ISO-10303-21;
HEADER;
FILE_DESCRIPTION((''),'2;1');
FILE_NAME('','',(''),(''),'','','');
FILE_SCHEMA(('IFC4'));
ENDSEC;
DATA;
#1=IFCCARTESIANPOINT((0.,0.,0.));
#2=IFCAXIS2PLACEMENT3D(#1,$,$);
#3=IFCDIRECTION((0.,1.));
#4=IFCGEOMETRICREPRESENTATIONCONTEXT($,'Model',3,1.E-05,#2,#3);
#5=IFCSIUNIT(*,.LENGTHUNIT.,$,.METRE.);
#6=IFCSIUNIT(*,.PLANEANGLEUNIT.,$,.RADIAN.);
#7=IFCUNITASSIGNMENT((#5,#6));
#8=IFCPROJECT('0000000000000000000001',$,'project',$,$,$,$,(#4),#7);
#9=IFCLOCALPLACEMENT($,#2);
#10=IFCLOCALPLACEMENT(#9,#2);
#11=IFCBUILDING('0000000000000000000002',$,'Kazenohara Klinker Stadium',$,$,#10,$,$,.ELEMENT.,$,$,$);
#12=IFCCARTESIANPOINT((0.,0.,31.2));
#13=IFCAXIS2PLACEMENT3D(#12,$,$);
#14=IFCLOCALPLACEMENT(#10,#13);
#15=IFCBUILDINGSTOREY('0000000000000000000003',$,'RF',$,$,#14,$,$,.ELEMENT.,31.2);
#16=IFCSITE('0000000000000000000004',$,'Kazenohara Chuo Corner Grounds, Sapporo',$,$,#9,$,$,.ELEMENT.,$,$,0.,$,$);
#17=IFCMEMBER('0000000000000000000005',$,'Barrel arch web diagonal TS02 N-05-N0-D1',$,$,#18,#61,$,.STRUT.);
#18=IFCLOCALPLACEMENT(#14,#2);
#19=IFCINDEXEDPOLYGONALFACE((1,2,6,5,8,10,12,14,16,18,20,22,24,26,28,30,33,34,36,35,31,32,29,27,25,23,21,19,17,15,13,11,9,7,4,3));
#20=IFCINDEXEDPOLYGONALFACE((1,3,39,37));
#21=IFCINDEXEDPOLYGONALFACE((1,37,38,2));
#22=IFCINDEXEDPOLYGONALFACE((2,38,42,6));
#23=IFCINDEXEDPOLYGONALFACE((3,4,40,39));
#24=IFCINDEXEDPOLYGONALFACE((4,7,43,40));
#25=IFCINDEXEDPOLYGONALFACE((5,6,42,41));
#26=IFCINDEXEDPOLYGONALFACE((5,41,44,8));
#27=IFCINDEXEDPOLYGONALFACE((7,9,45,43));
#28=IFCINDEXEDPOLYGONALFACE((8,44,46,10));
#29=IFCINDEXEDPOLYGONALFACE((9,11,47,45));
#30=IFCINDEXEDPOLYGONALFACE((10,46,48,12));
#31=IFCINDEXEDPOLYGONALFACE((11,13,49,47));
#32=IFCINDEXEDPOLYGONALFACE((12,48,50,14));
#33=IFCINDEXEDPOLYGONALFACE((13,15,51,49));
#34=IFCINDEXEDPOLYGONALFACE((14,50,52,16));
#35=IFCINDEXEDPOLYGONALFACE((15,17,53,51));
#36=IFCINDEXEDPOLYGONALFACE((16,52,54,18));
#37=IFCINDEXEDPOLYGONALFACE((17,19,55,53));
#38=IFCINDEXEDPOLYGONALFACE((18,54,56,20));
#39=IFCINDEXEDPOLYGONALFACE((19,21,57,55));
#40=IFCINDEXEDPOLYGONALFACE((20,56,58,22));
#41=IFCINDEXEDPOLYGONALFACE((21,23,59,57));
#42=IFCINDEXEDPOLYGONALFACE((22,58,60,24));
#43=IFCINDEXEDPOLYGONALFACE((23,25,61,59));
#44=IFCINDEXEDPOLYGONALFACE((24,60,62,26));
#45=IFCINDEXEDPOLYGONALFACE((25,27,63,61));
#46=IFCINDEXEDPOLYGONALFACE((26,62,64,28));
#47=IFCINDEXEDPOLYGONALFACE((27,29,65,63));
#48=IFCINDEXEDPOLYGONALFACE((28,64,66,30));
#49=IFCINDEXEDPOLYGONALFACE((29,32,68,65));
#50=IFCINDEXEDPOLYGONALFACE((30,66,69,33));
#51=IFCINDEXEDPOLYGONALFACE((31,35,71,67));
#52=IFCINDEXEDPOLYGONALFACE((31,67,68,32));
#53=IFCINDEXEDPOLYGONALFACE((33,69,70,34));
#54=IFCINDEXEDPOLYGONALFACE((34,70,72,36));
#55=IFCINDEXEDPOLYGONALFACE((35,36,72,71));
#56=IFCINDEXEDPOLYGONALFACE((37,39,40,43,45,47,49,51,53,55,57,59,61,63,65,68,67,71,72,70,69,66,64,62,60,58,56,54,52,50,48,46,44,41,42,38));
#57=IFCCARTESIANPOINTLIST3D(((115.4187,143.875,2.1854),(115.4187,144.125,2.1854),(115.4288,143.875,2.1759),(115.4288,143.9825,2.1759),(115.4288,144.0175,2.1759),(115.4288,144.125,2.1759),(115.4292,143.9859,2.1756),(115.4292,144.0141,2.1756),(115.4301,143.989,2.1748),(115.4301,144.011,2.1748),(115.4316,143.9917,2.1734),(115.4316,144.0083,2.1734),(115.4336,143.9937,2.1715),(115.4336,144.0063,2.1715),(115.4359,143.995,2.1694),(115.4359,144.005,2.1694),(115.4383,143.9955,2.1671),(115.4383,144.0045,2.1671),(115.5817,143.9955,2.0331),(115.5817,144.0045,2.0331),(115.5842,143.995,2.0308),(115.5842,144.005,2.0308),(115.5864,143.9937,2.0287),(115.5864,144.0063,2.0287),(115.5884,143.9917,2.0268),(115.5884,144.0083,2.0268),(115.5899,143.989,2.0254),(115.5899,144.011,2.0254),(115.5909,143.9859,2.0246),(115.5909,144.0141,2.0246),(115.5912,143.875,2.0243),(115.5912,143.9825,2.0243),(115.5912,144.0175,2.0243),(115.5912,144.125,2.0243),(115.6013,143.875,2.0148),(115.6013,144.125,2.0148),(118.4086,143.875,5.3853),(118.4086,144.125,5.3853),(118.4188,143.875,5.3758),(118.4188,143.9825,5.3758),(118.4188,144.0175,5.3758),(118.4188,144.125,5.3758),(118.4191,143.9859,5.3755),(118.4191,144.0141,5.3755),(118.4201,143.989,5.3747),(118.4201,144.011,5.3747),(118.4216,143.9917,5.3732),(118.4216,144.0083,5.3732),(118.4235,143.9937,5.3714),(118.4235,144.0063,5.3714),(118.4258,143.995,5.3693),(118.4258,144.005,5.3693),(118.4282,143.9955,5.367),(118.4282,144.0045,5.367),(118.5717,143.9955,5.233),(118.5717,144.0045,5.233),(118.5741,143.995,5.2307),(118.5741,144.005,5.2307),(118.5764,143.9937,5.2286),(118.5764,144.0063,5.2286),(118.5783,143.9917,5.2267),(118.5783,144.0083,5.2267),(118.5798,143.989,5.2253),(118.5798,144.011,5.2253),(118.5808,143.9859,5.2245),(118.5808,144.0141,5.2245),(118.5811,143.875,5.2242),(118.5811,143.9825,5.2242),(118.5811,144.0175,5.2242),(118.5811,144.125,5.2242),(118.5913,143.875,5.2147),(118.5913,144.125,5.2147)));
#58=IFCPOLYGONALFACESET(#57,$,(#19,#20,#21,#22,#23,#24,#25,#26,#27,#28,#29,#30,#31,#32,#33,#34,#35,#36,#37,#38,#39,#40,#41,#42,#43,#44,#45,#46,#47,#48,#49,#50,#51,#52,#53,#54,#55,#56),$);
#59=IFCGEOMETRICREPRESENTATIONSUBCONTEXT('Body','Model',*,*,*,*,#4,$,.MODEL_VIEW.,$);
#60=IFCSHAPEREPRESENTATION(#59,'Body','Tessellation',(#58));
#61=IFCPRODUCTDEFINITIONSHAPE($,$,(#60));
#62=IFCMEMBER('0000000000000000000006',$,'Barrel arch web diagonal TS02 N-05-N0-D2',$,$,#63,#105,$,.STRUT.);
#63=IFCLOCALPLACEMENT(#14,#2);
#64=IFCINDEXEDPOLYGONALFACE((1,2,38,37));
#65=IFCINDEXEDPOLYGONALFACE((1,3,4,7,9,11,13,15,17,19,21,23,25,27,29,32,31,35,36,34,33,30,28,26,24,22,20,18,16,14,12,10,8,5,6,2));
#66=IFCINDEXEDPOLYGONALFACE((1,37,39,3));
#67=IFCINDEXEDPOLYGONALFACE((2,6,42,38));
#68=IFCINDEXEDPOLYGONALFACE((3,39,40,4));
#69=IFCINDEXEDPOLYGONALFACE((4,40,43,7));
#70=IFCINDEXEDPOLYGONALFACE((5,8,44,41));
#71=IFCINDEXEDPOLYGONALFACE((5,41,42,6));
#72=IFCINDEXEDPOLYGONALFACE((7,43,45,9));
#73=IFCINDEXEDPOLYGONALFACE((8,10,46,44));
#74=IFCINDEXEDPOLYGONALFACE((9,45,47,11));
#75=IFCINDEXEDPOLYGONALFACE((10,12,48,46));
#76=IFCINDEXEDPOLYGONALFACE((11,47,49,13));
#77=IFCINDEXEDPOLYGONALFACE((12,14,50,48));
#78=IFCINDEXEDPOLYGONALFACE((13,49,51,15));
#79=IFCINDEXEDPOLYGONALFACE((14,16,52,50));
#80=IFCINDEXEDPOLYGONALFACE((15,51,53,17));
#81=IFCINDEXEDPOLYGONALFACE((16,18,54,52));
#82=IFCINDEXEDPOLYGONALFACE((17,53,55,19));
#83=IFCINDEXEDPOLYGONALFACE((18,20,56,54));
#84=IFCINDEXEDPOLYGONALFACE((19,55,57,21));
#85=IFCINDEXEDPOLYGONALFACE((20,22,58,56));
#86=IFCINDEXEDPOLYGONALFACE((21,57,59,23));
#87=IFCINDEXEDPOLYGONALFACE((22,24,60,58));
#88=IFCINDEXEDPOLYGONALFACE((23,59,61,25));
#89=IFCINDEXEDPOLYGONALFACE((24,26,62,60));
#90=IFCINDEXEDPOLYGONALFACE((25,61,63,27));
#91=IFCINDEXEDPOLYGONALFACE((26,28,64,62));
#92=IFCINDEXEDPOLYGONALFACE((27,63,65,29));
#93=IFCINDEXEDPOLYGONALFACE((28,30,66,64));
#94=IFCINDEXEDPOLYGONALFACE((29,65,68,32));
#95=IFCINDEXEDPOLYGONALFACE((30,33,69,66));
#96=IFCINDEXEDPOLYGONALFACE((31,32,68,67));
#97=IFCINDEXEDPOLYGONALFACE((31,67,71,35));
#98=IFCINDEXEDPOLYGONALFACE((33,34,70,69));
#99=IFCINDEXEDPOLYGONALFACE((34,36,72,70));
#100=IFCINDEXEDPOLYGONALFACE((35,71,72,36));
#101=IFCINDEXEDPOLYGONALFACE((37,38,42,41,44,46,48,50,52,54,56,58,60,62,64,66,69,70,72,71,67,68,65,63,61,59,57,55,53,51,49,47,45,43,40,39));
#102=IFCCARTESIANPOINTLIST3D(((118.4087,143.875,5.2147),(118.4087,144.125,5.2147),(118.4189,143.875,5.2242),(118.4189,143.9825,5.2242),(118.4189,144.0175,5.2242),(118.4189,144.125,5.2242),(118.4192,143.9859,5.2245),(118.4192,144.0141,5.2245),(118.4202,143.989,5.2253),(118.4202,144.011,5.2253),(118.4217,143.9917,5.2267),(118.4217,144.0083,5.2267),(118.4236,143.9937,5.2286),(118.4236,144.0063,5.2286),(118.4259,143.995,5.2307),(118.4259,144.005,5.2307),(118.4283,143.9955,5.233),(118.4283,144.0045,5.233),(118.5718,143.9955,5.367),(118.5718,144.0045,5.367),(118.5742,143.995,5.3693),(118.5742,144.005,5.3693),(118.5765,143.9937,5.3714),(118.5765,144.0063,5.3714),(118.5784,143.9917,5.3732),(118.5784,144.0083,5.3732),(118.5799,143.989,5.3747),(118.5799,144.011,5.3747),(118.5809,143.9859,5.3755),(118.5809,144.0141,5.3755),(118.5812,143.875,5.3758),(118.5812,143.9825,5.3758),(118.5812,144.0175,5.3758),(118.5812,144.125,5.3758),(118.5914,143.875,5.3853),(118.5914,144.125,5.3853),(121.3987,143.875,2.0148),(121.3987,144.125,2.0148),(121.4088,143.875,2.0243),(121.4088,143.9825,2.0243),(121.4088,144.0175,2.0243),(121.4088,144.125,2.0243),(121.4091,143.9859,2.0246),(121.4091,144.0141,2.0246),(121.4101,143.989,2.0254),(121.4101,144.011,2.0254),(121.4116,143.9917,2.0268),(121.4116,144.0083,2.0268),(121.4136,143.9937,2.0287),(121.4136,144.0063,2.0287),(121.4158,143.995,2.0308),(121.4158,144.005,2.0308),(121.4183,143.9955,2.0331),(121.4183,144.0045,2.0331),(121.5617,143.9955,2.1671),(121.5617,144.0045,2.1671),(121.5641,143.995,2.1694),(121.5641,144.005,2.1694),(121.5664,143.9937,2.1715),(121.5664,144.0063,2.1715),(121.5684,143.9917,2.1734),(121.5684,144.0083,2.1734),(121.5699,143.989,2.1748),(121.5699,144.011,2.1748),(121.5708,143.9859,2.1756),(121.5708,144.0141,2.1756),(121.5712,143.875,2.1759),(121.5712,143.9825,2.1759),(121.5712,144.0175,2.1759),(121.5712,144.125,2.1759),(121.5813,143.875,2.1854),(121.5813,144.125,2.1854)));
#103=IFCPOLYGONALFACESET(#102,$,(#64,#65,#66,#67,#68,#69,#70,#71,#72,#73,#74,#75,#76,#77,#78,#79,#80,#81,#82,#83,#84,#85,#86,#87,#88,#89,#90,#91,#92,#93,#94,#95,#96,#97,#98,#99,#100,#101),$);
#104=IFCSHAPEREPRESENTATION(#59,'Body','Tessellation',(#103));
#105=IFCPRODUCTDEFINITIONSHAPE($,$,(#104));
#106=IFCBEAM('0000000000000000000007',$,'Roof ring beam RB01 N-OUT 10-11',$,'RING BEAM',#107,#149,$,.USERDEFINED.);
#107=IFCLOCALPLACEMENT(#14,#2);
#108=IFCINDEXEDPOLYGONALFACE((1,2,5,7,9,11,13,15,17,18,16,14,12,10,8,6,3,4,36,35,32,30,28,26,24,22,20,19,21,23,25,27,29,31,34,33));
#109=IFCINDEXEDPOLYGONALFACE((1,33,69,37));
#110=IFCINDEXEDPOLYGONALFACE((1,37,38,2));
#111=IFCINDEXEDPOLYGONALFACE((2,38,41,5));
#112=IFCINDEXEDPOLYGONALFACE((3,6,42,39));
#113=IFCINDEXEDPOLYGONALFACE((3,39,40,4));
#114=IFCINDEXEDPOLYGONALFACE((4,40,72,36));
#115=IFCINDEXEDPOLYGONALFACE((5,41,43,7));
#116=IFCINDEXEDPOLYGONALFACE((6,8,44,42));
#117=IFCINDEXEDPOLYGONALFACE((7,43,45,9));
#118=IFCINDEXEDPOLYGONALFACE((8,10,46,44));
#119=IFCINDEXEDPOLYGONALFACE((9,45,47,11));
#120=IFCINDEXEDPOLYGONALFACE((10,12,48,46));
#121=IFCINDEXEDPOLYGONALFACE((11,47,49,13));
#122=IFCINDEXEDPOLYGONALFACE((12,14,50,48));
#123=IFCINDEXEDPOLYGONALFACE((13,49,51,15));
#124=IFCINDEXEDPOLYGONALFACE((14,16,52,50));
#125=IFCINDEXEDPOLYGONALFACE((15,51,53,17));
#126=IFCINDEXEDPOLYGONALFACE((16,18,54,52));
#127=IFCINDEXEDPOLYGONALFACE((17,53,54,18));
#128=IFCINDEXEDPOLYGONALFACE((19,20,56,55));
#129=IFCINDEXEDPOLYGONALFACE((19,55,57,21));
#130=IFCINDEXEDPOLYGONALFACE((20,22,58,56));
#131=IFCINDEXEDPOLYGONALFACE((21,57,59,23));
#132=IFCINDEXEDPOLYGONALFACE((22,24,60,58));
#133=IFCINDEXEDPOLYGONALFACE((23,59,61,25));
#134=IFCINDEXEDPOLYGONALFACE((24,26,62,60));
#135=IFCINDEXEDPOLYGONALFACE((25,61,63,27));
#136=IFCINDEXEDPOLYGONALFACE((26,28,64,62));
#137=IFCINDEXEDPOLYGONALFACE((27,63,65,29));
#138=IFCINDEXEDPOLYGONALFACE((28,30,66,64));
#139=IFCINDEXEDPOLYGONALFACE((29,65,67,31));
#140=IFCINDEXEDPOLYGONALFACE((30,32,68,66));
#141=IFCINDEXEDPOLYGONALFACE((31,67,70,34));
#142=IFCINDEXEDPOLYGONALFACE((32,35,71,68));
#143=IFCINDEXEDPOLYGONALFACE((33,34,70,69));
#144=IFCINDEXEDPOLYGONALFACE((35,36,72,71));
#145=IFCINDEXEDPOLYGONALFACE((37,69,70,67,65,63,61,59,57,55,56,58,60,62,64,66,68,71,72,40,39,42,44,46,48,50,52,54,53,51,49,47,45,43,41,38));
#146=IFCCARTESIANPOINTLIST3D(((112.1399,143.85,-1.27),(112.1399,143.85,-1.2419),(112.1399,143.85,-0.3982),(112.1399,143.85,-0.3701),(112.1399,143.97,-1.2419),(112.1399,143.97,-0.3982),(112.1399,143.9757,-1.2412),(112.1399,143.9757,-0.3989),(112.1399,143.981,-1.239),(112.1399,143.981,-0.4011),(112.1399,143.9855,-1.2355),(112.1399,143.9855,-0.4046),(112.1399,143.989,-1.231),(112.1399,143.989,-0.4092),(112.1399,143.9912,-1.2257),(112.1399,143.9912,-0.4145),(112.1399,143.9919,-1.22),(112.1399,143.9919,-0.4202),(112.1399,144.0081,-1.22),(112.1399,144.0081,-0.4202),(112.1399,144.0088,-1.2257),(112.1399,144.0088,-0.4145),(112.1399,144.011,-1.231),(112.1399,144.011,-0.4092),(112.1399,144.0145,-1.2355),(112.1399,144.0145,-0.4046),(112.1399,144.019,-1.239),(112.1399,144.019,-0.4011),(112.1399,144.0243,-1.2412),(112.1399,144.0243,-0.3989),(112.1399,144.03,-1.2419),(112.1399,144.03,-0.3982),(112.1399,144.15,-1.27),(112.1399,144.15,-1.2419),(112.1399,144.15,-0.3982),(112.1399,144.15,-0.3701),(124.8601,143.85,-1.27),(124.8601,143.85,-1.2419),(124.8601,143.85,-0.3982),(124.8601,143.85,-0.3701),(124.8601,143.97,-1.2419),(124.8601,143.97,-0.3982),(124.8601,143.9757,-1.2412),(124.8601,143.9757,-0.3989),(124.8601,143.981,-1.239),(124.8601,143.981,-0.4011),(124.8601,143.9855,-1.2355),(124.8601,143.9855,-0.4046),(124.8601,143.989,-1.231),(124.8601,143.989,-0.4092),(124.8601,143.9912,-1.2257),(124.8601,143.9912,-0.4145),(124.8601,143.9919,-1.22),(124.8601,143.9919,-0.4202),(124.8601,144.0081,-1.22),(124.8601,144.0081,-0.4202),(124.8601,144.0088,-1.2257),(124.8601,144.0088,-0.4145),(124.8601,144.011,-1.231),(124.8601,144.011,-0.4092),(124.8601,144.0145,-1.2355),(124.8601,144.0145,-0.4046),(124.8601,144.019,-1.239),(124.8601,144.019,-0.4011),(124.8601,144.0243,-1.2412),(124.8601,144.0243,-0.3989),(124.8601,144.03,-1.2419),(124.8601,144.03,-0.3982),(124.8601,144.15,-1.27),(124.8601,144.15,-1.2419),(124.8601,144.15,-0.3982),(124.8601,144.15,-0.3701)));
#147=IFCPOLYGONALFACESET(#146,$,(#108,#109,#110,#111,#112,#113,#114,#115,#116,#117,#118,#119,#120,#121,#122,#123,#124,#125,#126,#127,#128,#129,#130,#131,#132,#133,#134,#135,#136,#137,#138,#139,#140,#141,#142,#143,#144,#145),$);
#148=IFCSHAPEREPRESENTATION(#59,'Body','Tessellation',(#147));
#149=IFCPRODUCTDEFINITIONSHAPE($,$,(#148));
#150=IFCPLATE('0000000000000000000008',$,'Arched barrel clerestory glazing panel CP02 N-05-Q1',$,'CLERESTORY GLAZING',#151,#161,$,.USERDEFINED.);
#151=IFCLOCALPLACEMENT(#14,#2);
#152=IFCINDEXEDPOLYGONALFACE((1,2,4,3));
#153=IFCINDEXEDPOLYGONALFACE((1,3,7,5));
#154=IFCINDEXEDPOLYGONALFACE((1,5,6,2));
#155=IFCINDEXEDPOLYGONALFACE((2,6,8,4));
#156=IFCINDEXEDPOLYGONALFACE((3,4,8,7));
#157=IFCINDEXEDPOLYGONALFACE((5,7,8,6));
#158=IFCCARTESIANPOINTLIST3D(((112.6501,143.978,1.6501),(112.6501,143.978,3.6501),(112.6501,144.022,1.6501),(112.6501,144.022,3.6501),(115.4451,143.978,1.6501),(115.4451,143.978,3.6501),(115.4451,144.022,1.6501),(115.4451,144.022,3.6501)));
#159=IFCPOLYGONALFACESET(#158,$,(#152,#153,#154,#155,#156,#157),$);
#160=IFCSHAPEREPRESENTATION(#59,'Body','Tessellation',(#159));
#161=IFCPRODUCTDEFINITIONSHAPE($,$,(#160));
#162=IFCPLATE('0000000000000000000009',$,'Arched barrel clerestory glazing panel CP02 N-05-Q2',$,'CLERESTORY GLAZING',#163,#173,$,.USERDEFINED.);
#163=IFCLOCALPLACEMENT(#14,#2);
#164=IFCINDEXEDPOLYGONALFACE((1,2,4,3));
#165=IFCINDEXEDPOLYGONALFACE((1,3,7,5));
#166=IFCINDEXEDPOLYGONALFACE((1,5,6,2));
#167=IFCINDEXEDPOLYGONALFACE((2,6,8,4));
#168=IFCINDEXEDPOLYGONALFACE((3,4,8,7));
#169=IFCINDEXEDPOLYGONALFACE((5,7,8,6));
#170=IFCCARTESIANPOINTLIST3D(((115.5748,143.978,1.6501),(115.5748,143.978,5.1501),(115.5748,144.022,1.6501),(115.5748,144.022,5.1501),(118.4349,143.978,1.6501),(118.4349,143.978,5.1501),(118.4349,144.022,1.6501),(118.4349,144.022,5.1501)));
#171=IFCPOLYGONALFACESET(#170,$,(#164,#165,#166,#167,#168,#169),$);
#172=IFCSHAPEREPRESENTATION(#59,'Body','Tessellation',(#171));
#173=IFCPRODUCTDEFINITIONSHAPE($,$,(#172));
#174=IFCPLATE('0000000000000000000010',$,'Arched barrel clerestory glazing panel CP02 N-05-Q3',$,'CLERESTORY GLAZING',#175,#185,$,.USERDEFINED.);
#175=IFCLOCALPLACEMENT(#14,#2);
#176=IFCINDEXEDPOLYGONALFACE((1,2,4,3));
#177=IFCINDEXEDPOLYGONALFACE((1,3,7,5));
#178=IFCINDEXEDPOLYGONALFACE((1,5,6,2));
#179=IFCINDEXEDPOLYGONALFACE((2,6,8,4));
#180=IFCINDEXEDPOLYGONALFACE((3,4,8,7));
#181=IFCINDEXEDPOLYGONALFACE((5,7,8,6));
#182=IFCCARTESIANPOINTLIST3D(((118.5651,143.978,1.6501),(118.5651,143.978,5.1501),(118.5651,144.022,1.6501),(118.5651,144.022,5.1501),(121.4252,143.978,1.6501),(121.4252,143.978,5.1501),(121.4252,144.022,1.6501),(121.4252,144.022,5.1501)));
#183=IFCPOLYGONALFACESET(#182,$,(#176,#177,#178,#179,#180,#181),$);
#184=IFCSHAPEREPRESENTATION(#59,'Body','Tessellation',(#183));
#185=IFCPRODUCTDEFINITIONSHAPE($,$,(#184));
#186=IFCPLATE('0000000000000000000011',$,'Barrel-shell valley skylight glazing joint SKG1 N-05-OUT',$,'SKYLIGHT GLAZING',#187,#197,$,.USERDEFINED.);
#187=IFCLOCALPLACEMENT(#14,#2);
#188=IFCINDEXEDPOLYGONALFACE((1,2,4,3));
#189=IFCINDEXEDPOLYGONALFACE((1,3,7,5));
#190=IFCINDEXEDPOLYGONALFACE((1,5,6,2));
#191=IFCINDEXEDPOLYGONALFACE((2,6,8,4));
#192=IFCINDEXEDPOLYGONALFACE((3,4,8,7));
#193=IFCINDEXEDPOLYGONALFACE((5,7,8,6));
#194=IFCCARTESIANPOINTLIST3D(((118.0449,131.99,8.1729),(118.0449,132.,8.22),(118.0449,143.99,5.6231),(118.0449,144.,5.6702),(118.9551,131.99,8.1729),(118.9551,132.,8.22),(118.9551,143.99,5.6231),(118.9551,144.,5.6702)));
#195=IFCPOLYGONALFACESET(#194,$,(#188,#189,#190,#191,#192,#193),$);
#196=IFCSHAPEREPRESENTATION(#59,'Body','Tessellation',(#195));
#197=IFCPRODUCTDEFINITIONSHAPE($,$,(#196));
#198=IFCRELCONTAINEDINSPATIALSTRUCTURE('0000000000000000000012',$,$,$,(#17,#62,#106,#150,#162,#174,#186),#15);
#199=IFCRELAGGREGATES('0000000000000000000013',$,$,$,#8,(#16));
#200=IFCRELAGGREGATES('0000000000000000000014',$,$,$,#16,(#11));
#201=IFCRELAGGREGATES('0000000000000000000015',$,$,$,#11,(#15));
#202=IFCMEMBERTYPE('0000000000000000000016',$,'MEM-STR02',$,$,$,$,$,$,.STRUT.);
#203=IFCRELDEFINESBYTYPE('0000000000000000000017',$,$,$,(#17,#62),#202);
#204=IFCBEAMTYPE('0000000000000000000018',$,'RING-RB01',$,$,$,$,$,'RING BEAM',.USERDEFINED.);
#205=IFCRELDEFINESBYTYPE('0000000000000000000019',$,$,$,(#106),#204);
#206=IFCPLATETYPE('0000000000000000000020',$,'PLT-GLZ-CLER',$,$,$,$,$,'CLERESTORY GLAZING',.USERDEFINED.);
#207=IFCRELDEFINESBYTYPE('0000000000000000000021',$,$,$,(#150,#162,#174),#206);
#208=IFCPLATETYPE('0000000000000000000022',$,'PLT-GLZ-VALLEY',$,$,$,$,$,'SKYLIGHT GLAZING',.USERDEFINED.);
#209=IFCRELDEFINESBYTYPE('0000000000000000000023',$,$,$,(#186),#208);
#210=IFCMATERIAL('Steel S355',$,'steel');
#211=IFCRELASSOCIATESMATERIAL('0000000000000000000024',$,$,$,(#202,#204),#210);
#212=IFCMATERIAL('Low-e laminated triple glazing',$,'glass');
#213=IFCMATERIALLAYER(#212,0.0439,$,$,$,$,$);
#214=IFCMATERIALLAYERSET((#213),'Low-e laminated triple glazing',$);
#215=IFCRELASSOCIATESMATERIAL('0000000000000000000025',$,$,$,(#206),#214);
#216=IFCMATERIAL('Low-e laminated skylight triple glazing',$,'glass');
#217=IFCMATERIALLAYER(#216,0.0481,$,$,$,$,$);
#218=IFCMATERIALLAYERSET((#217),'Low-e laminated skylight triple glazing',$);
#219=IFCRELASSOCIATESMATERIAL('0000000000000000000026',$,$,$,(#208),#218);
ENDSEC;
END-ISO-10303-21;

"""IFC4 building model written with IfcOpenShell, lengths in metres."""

from ifc_helpers import new_model, si_unit, direction, frame, origin, origin_2d, place, context, subcontext, project, spatial, polyline, rectangle, i_section, outline, extrude, material, layer, layer_set, material_profile, profile_set, type_object, element, save


model = new_model("IFC4")

# Units and contexts
model_context = context("Model", 3, precision=1e-05, world=origin(), true_north=direction((0.0, 1.0)))
body_context = subcontext(model_context, "Body", "Model", "MODEL_VIEW")
ifc_project = project(units=[si_unit("LENGTHUNIT", "METRE"), si_unit("PLANEANGLEUNIT", "RADIAN")], contexts=[model_context])

# Site, building, storey
site_placement = place(None, origin())
site = spatial("IfcSite", under=ifc_project, at=site_placement, Name="Kazenohara Chuo Corner Grounds, Sapporo", CompositionType="ELEMENT", RefElevation=0.0)
building_placement = place(site_placement, origin())
building = spatial("IfcBuilding", under=site, at=building_placement, Name="Kazenohara Klinker Stadium", CompositionType="ELEMENT")
storey_placement = place(building_placement, frame((0.0, 0.0, 31.2)))
storey = spatial("IfcBuildingStorey", under=building, at=storey_placement, Name="RF", CompositionType="ELEMENT", Elevation=31.2)

# Members
ifc_material_1 = material(Name="Steel S355", Category="steel")
ifc_material_profile_1 = material_profile(ifc_material_1, i_section(OverallWidth=0.25, OverallDepth=0.25, WebThickness=0.009, FlangeThickness=0.0139, FilletRadius=0.0129, at=origin_2d()), Name="H-250x250x9x14")
ifc_profile_set_1 = profile_set([ifc_material_profile_1], Name="Steel S355")
member_type_1 = type_object("IfcMemberType", Name="MEM-STR02", PredefinedType="STRUT", material=ifc_profile_set_1)
for number, where, z_axis, x_axis, name in (
    (1, (115.51, 144.0, 2.1001), (0.682729, 0.0, 0.730671), (0.0, 1.0, 0.0), "Barrel arch web diagonal TS02 N-05-N0-D1"),
    (2, (121.49, 144.0, 2.1001), (-0.682729, 0.0, 0.730671), (0.0, -1.0, 0.0), "Barrel arch web diagonal TS02 N-05-N0-D2"),
):
    element("IfcMember", number, at=place(storey_placement, frame(where, z_axis=z_axis, x_axis=x_axis)), inside=storey, type_object=member_type_1, Name=name, PredefinedType="STRUT", context=body_context, shape_type="SweptSolid", body=[
        extrude(i_section(OverallWidth=0.25, OverallDepth=0.25, WebThickness=0.009, FlangeThickness=0.0139, FilletRadius=0.0129, at=origin_2d()), origin(), (0.0, 0.0, 1.0), 4.3794),
    ])

# Beam
ifc_material_profile_2 = material_profile(ifc_material_1, i_section(OverallWidth=0.3, OverallDepth=0.8999, WebThickness=0.0161, FlangeThickness=0.0281, FilletRadius=0.022, at=origin_2d()), Name="H-900x300x16x28")
ifc_profile_set_2 = profile_set([ifc_material_profile_2], Name="Steel S355")
beam_type = type_object("IfcBeamType", Name="RING-RB01", ElementType="RING BEAM", PredefinedType="USERDEFINED", material=ifc_profile_set_2)
beam_placement = place(storey_placement, frame((112.1399, 144.0, -0.8201), z_axis=(1.0, 0.0, 0.0), x_axis=(0.0, 1.0, 0.0)))
element("IfcBeam", 3, at=beam_placement, inside=storey, type_object=beam_type, Name="Roof ring beam RB01 N-OUT 10-11", ObjectType="RING BEAM", PredefinedType="USERDEFINED", context=body_context, shape_type="SweptSolid", body=[
    extrude(i_section(OverallWidth=0.3, OverallDepth=0.8999, WebThickness=0.0161, FlangeThickness=0.0281, FilletRadius=0.022, at=origin_2d()), origin(), (0.0, 0.0, 1.0), 12.7202),
])

# Plates
ifc_material_2 = material(Name="Low-e laminated triple glazing", Category="glass")
ifc_layer_1 = layer(ifc_material_2, 0.0439)
ifc_layer_set_1 = layer_set([ifc_layer_1], Name="Low-e laminated triple glazing")
plate_type_1 = type_object("IfcPlateType", Name="PLT-GLZ-CLER", ElementType="CLERESTORY GLAZING", PredefinedType="USERDEFINED", material=ifc_layer_set_1)
plate_1_placement = place(storey_placement, frame((114.0476, 144.0, 1.6501), z_axis=(0.0, 0.0, 1.0), x_axis=(1.0, 0.0, 0.0)))
element("IfcPlate", 4, at=plate_1_placement, inside=storey, type_object=plate_type_1, Name="Arched barrel clerestory glazing panel CP02 N-05-Q1", ObjectType="CLERESTORY GLAZING", PredefinedType="USERDEFINED", context=body_context, shape_type="SweptSolid", body=[
    extrude(rectangle(XDim=2.7949, YDim=0.0439, at=origin_2d()), origin(), (0.0, 0.0, 1.0), 2.0),
])
for number, where, z_axis, x_axis, name in (
    (5, (117.0049, 144.0, 1.6501), (0.0, 0.0, 1.0), (1.0, 0.0, 0.0), "Arched barrel clerestory glazing panel CP02 N-05-Q2"),
    (6, (119.9951, 144.0, 1.6501), (0.0, 0.0, 1.0), (1.0, 0.0, 0.0), "Arched barrel clerestory glazing panel CP02 N-05-Q3"),
):
    element("IfcPlate", number, at=place(storey_placement, frame(where, z_axis=z_axis, x_axis=x_axis)), inside=storey, type_object=plate_type_1, Name=name, ObjectType="CLERESTORY GLAZING", PredefinedType="USERDEFINED", context=body_context, shape_type="SweptSolid", body=[
        extrude(rectangle(XDim=2.8601, YDim=0.0439, at=origin_2d()), origin(), (0.0, 0.0, 1.0), 3.5),
    ])
ifc_material_3 = material(Name="Low-e laminated skylight triple glazing", Category="glass")
ifc_layer_2 = layer(ifc_material_3, 0.0481)
ifc_layer_set_2 = layer_set([ifc_layer_2], Name="Low-e laminated skylight triple glazing")
plate_type_2 = type_object("IfcPlateType", Name="PLT-GLZ-VALLEY", ElementType="SKYLIGHT GLAZING", PredefinedType="USERDEFINED", material=ifc_layer_set_2)
plate_2_placement = place(storey_placement, frame((118.0449, 144.0, 5.6702), z_axis=(0.0, 0.207844, 0.978162), x_axis=(0.0, -0.978162, 0.207844)))
element("IfcPlate", 7, at=plate_2_placement, inside=storey, type_object=plate_type_2, Name="Barrel-shell valley skylight glazing joint SKG1 N-05-OUT", ObjectType="SKYLIGHT GLAZING", PredefinedType="USERDEFINED", context=body_context, shape_type="SweptSolid", body=[
    extrude(outline(polyline([(0.0, 0.0), (12.2679, 0.0), (12.2679, 0.9102), (0.0, 0.9102), (0.0, 0.0)])), origin(), (0.0, 0.0, -1.0), 0.0481),
])

save(model, "model.ifc")
